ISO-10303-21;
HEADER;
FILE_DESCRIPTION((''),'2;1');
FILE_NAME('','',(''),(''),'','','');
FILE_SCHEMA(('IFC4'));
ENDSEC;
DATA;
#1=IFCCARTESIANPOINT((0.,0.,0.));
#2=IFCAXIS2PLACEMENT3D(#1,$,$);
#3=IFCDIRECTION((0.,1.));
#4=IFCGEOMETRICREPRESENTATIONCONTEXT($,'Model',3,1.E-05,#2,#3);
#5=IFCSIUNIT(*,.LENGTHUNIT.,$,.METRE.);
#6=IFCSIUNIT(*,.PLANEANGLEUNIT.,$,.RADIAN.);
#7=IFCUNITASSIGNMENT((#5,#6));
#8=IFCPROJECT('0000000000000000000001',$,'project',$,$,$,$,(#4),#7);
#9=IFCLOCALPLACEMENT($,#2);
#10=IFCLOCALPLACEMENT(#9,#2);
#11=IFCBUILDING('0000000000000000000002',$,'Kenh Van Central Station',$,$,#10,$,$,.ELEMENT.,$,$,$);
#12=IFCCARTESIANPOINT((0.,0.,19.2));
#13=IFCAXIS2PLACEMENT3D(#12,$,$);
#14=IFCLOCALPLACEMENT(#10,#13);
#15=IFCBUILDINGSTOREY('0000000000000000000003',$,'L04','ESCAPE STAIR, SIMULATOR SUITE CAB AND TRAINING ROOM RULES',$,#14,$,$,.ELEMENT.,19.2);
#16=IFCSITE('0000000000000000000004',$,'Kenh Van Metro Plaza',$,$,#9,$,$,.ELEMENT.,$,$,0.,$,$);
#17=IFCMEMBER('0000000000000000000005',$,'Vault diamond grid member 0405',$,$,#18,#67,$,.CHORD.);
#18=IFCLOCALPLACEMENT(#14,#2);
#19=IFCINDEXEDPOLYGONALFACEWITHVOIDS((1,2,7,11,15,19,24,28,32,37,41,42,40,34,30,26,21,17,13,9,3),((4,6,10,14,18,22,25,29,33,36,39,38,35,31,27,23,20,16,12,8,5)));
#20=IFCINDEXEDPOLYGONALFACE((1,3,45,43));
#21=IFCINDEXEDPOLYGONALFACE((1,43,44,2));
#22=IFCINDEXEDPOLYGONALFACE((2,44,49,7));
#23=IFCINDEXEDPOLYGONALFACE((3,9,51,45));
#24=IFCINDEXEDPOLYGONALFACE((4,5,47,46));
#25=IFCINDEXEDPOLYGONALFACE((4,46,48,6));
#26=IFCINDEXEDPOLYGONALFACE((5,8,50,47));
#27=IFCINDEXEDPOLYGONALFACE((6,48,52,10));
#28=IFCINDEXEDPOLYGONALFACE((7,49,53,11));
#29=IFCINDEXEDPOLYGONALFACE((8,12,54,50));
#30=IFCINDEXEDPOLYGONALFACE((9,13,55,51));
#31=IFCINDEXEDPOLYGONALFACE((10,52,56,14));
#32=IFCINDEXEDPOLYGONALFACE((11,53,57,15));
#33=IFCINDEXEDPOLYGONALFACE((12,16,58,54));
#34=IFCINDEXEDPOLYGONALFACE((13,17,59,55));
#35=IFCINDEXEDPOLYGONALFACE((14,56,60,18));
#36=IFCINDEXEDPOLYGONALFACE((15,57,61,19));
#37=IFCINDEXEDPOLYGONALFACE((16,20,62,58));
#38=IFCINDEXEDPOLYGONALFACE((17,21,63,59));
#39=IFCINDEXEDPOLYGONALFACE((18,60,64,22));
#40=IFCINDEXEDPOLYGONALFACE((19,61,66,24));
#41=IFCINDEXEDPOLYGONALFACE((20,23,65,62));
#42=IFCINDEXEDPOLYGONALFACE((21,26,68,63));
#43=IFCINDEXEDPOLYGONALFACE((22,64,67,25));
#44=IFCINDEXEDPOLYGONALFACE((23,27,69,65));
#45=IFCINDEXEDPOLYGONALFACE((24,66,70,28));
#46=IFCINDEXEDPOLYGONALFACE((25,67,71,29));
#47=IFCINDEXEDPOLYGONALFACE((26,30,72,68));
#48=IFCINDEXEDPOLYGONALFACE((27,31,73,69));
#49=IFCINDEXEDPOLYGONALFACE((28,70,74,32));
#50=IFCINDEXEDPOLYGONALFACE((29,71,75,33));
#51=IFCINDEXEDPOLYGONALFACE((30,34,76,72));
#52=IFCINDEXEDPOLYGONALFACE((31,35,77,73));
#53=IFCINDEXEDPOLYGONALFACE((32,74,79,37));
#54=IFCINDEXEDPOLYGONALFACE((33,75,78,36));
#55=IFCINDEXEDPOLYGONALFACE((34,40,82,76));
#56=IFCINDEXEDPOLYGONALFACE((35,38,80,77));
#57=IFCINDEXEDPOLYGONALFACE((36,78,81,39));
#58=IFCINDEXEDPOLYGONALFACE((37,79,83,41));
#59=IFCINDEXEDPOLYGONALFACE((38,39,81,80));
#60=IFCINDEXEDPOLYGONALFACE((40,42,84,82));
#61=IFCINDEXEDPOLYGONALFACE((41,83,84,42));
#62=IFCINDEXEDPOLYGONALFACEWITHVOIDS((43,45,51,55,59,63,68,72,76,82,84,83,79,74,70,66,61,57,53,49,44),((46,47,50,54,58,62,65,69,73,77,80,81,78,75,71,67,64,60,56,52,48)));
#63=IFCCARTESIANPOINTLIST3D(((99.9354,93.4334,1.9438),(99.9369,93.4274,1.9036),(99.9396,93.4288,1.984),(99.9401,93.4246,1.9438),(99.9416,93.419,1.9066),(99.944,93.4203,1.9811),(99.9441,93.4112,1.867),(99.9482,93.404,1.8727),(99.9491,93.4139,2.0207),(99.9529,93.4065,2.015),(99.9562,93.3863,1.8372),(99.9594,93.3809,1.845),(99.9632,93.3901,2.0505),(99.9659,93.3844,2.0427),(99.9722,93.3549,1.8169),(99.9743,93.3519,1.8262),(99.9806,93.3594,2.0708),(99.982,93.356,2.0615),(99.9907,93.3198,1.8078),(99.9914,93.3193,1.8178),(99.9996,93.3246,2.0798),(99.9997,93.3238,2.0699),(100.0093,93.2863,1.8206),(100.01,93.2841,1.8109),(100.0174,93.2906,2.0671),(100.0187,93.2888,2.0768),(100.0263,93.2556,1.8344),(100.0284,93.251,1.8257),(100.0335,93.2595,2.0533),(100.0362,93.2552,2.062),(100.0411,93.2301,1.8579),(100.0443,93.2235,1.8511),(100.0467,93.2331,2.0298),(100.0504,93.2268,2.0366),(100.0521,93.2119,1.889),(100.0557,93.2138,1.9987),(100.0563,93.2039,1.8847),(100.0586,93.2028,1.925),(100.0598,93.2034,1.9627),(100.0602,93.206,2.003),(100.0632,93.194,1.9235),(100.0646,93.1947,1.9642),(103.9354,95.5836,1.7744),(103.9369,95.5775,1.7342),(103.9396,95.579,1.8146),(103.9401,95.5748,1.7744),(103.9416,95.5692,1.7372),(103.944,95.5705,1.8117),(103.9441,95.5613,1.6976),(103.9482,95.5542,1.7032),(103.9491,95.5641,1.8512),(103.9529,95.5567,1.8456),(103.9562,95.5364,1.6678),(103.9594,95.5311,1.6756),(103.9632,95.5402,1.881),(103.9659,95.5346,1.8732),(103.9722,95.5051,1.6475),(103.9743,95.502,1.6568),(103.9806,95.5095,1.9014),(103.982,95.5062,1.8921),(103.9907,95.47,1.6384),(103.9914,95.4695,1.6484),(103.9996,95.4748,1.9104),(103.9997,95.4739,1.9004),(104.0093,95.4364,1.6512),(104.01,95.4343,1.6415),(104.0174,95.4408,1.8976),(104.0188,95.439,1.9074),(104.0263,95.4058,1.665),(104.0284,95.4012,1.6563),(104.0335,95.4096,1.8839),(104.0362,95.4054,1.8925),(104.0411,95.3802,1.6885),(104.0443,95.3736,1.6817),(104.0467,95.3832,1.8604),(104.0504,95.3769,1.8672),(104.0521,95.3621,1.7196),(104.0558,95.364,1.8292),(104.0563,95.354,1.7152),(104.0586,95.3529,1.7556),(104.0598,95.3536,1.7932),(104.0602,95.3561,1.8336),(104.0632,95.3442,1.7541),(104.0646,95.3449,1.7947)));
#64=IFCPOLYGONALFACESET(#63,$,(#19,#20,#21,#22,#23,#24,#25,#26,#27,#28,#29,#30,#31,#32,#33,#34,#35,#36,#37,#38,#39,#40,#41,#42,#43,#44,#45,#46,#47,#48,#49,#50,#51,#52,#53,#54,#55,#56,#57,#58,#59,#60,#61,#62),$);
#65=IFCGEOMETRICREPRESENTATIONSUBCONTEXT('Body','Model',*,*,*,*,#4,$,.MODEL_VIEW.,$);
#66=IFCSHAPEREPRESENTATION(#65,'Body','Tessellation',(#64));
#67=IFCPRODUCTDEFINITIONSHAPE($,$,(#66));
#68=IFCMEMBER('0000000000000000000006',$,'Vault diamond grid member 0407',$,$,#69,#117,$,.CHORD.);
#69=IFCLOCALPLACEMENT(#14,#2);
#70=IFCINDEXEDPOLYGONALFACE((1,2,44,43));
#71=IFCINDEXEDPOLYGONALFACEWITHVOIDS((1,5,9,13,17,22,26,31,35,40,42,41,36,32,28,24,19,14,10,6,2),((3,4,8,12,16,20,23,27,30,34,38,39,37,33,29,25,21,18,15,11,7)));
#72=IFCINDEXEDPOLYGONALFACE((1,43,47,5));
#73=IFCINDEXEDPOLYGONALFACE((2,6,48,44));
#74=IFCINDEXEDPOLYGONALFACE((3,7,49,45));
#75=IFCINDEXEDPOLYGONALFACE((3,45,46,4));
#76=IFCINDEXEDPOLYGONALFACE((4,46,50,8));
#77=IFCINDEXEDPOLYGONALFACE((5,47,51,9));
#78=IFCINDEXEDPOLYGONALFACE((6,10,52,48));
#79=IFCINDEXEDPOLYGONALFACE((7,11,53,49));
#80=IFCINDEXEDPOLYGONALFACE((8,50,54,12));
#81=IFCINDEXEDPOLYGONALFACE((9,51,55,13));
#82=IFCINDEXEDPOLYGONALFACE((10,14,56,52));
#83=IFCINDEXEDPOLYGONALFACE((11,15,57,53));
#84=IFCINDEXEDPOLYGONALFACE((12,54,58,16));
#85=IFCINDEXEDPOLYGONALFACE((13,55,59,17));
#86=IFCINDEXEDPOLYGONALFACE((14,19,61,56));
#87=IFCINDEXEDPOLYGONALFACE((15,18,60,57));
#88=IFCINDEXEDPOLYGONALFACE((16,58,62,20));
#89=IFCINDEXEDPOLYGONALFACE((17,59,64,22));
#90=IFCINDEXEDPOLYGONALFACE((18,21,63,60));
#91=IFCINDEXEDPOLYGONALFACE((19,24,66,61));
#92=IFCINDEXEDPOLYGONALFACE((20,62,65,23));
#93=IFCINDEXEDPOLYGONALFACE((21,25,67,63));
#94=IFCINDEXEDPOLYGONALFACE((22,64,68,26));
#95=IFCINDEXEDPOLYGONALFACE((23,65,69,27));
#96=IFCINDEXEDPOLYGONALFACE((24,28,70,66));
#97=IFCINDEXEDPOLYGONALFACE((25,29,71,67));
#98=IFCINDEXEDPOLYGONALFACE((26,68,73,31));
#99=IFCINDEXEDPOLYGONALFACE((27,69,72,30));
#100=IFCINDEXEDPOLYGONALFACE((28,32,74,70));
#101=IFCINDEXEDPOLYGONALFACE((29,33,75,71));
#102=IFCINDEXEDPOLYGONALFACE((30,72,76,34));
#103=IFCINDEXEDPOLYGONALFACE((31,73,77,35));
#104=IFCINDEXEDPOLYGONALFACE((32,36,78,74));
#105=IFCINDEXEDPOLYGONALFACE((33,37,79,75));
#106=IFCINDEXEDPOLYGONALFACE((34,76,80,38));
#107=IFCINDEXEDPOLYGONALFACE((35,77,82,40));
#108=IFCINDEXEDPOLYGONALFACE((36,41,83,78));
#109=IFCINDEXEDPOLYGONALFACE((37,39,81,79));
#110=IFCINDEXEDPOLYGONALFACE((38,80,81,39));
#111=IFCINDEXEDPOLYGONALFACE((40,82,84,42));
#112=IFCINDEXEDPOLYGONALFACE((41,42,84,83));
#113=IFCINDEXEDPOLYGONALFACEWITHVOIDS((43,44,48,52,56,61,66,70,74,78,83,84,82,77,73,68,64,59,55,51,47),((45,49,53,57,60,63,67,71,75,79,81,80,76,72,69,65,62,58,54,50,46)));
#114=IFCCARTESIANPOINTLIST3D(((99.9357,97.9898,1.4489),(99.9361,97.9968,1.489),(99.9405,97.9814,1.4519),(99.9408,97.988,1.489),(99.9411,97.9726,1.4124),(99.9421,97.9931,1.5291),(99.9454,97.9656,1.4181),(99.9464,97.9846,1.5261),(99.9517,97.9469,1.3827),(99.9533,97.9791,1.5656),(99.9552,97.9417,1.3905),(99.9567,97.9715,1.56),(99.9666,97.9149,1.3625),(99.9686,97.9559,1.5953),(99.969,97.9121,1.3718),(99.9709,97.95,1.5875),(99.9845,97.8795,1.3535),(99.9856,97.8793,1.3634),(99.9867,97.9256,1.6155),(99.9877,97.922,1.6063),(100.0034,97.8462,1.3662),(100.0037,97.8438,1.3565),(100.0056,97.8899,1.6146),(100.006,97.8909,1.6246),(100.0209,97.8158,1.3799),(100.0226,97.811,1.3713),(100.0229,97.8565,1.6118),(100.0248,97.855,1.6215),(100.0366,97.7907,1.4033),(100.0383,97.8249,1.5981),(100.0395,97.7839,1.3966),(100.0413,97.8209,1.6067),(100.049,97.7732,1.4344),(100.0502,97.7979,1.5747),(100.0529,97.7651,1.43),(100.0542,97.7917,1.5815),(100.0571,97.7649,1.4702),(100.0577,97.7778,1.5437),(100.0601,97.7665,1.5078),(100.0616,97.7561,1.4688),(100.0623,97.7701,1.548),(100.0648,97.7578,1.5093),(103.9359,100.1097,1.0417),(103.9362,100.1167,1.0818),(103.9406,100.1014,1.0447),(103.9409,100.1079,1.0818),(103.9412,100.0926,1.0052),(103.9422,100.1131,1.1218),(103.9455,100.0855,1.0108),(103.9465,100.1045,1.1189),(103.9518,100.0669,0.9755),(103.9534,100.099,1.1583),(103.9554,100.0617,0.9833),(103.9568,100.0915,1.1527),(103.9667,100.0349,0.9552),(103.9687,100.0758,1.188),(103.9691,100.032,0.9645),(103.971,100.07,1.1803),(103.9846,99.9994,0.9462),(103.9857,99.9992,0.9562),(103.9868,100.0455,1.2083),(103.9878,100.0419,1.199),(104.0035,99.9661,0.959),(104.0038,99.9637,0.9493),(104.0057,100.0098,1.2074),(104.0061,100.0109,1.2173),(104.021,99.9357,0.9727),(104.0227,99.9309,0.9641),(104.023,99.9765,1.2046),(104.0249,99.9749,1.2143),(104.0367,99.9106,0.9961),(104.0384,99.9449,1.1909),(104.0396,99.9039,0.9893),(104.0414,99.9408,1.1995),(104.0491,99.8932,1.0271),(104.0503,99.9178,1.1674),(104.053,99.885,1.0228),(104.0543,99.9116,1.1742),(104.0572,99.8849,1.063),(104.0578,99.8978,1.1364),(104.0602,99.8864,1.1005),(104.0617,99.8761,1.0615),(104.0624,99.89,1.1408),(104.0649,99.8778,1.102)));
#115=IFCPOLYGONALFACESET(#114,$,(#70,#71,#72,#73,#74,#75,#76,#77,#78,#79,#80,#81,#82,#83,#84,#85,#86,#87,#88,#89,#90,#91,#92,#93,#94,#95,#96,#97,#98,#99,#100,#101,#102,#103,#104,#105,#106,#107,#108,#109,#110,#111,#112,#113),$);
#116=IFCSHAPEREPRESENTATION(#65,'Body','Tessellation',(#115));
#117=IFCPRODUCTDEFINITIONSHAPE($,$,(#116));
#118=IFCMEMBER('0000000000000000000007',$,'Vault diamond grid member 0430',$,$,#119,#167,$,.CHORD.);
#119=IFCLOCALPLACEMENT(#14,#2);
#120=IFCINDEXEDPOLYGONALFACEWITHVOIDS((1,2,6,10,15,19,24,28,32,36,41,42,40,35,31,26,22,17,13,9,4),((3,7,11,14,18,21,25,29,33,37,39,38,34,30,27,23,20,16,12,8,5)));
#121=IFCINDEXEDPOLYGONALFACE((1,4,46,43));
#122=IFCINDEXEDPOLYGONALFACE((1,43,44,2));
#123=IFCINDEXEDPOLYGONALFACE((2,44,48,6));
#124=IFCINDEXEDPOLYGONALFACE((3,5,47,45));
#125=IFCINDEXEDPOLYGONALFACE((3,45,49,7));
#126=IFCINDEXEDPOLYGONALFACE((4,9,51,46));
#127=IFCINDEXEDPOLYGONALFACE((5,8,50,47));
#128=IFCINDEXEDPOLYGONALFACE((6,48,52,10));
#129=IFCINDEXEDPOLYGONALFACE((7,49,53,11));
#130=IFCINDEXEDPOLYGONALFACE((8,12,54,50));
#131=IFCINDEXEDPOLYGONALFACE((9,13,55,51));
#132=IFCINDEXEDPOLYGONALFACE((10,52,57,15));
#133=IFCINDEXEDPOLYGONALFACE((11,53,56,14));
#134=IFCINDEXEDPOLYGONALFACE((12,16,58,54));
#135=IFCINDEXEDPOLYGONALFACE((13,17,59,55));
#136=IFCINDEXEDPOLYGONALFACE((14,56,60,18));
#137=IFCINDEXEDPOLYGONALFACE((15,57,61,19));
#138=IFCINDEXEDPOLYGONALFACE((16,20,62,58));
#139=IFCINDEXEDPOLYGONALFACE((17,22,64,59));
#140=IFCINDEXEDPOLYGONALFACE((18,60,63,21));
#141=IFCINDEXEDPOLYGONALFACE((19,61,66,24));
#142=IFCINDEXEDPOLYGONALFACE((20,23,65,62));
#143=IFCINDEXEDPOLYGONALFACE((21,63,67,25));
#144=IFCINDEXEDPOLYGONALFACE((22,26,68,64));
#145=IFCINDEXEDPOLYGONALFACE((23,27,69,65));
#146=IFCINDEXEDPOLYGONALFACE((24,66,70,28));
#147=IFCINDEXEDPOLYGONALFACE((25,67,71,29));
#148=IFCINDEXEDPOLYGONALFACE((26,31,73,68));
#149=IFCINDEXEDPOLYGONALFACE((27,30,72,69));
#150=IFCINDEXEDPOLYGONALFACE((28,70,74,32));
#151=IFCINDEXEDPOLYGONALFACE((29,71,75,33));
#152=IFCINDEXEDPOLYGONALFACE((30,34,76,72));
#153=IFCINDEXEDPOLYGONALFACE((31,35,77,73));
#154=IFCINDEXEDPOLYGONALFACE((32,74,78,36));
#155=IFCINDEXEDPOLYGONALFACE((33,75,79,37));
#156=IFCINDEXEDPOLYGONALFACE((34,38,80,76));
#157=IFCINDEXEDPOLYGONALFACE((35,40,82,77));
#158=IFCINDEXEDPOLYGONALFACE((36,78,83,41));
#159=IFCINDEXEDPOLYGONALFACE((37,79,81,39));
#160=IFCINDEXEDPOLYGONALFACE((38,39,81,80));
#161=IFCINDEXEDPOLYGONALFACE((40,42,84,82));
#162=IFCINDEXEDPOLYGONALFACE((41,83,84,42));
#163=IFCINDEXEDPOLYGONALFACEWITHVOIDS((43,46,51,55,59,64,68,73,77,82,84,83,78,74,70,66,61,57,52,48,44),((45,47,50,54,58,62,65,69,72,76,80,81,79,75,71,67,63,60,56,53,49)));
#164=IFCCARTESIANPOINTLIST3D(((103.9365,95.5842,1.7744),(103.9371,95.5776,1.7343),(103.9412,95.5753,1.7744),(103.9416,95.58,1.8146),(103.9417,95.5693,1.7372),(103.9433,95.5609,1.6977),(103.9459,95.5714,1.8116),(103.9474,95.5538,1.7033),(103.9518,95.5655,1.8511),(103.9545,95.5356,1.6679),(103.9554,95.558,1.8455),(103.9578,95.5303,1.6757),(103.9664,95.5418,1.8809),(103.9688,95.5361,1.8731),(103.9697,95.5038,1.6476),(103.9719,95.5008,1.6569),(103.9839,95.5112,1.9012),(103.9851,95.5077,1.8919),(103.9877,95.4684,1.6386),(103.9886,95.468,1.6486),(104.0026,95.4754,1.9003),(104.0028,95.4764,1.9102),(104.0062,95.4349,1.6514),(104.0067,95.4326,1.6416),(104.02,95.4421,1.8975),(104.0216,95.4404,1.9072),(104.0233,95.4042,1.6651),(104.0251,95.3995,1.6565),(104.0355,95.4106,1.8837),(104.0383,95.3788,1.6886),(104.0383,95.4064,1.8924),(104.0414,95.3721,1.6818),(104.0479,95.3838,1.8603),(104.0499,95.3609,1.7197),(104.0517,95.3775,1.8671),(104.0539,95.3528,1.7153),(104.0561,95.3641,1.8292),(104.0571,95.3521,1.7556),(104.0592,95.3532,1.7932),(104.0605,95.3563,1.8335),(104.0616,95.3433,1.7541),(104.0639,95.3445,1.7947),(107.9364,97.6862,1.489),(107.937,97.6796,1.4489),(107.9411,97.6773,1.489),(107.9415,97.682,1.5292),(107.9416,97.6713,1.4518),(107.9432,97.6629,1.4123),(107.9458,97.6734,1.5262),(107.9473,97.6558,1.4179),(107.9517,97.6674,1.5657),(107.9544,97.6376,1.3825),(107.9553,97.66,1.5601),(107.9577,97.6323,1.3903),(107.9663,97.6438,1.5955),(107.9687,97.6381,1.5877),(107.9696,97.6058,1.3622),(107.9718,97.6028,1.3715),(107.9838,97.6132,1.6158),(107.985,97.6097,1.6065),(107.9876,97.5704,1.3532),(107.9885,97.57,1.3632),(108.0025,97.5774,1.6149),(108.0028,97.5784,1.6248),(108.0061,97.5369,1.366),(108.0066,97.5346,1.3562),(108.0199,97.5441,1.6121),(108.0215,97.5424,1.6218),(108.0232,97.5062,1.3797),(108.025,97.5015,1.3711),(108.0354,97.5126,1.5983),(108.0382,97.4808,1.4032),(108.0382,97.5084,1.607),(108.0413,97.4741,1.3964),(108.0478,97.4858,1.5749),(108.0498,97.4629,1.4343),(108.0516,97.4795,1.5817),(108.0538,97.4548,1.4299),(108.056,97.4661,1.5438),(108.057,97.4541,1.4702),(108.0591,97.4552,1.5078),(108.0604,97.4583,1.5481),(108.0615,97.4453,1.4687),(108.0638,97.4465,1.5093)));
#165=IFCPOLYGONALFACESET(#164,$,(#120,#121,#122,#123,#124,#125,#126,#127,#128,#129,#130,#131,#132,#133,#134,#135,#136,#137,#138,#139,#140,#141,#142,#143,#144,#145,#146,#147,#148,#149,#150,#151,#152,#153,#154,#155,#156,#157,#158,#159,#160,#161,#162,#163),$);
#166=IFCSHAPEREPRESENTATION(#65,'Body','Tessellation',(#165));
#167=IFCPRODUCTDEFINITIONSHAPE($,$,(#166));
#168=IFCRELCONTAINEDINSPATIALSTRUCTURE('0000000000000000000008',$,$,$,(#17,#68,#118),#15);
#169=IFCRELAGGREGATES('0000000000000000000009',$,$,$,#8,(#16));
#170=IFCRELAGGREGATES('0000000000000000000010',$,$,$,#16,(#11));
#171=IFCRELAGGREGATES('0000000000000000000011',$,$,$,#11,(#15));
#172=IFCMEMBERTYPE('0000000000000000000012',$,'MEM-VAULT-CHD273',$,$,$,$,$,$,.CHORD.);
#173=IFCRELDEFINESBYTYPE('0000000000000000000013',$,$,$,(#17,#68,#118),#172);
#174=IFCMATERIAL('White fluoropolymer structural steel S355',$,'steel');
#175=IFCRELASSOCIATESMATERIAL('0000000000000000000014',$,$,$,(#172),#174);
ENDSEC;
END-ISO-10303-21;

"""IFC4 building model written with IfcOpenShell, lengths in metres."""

from ifc_helpers import new_model, si_unit, direction, frame, origin, origin_2d, place, context, subcontext, project, spatial, hollow_circle, extrude, material, material_profile, profile_set, type_object, element, save


model = new_model("IFC4")

# Units and contexts
model_context = context("Model", 3, precision=1e-05, world=origin(), true_north=direction((0.0, 1.0)))
body_context = subcontext(model_context, "Body", "Model", "MODEL_VIEW")
ifc_project = project(units=[si_unit("LENGTHUNIT", "METRE"), si_unit("PLANEANGLEUNIT", "RADIAN")], contexts=[model_context])

# Site, building, storey
site_placement = place(None, origin())
site = spatial("IfcSite", under=ifc_project, at=site_placement, Name="Kenh Van Metro Plaza", CompositionType="ELEMENT", RefElevation=0.0)
building_placement = place(site_placement, origin())
building = spatial("IfcBuilding", under=site, at=building_placement, Name="Kenh Van Central Station", CompositionType="ELEMENT")
storey_placement = place(building_placement, frame((0.0, 0.0, 19.2)))
storey = spatial("IfcBuildingStorey", under=building, at=storey_placement, Name="L04", Description="ESCAPE STAIR, SIMULATOR SUITE CAB AND TRAINING ROOM RULES", CompositionType="ELEMENT", Elevation=19.2)

# Shared definitions
ifc_material_1 = material(Name="White fluoropolymer structural steel S355", Category="steel")

# Members
ifc_material_profile_1 = material_profile(ifc_material_1, hollow_circle(Radius=0.1365, WallThickness=0.01, at=origin_2d()), Name="CHS 273x10")
ifc_profile_set_1 = profile_set([ifc_material_profile_1], Name="White fluoropolymer structural steel S355")
member_type_1 = type_object("IfcMemberType", Name="MEM-VAULT-CHD273", PredefinedType="CHORD", material=ifc_profile_set_1)
member_1_placement = place(storey_placement, frame((100.0, 93.3132, 1.9438), z_axis=(0.880199, 0.473139, -0.037284), x_axis=(-0.473468, 0.880811, 0.0)))
element("IfcMember", 1, at=member_1_placement, inside=storey, type_object=member_type_1, Name="Vault diamond grid member 0405", PredefinedType="CHORD", context=body_context, shape_type="SweptSolid", body=[
    extrude(hollow_circle(Radius=0.1365, WallThickness=0.01, at=origin_2d()), origin(), (0.0, 0.0, 1.0), 4.5444),
])
member_2_placement = place(storey_placement, frame((100.0, 97.8762, 1.489), z_axis=(0.880031, 0.466389, -0.089593), x_axis=(-0.468272, 0.883585, 0.0)))
element("IfcMember", 2, at=member_2_placement, inside=storey, type_object=member_type_1, Name="Vault diamond grid member 0407", PredefinedType="CHORD", context=body_context, shape_type="SweptSolid", body=[
    extrude(hollow_circle(Radius=0.1365, WallThickness=0.01, at=origin_2d()), origin(), (0.0, 0.0, 1.0), 4.5454),
])
member_3_placement = place(storey_placement, frame((104.0, 95.4634, 1.7744), z_axis=(0.883451, 0.464265, -0.063034), x_axis=(-0.46519, 0.885211, 0.0)))
element("IfcMember", 3, at=member_3_placement, inside=storey, type_object=member_type_1, Name="Vault diamond grid member 0430", PredefinedType="CHORD", context=body_context, shape_type="SweptSolid", body=[
    extrude(hollow_circle(Radius=0.1365, WallThickness=0.01, at=origin_2d()), origin(), (0.0, 0.0, 1.0), 4.5276),
])

save(model, "model.ifc")
